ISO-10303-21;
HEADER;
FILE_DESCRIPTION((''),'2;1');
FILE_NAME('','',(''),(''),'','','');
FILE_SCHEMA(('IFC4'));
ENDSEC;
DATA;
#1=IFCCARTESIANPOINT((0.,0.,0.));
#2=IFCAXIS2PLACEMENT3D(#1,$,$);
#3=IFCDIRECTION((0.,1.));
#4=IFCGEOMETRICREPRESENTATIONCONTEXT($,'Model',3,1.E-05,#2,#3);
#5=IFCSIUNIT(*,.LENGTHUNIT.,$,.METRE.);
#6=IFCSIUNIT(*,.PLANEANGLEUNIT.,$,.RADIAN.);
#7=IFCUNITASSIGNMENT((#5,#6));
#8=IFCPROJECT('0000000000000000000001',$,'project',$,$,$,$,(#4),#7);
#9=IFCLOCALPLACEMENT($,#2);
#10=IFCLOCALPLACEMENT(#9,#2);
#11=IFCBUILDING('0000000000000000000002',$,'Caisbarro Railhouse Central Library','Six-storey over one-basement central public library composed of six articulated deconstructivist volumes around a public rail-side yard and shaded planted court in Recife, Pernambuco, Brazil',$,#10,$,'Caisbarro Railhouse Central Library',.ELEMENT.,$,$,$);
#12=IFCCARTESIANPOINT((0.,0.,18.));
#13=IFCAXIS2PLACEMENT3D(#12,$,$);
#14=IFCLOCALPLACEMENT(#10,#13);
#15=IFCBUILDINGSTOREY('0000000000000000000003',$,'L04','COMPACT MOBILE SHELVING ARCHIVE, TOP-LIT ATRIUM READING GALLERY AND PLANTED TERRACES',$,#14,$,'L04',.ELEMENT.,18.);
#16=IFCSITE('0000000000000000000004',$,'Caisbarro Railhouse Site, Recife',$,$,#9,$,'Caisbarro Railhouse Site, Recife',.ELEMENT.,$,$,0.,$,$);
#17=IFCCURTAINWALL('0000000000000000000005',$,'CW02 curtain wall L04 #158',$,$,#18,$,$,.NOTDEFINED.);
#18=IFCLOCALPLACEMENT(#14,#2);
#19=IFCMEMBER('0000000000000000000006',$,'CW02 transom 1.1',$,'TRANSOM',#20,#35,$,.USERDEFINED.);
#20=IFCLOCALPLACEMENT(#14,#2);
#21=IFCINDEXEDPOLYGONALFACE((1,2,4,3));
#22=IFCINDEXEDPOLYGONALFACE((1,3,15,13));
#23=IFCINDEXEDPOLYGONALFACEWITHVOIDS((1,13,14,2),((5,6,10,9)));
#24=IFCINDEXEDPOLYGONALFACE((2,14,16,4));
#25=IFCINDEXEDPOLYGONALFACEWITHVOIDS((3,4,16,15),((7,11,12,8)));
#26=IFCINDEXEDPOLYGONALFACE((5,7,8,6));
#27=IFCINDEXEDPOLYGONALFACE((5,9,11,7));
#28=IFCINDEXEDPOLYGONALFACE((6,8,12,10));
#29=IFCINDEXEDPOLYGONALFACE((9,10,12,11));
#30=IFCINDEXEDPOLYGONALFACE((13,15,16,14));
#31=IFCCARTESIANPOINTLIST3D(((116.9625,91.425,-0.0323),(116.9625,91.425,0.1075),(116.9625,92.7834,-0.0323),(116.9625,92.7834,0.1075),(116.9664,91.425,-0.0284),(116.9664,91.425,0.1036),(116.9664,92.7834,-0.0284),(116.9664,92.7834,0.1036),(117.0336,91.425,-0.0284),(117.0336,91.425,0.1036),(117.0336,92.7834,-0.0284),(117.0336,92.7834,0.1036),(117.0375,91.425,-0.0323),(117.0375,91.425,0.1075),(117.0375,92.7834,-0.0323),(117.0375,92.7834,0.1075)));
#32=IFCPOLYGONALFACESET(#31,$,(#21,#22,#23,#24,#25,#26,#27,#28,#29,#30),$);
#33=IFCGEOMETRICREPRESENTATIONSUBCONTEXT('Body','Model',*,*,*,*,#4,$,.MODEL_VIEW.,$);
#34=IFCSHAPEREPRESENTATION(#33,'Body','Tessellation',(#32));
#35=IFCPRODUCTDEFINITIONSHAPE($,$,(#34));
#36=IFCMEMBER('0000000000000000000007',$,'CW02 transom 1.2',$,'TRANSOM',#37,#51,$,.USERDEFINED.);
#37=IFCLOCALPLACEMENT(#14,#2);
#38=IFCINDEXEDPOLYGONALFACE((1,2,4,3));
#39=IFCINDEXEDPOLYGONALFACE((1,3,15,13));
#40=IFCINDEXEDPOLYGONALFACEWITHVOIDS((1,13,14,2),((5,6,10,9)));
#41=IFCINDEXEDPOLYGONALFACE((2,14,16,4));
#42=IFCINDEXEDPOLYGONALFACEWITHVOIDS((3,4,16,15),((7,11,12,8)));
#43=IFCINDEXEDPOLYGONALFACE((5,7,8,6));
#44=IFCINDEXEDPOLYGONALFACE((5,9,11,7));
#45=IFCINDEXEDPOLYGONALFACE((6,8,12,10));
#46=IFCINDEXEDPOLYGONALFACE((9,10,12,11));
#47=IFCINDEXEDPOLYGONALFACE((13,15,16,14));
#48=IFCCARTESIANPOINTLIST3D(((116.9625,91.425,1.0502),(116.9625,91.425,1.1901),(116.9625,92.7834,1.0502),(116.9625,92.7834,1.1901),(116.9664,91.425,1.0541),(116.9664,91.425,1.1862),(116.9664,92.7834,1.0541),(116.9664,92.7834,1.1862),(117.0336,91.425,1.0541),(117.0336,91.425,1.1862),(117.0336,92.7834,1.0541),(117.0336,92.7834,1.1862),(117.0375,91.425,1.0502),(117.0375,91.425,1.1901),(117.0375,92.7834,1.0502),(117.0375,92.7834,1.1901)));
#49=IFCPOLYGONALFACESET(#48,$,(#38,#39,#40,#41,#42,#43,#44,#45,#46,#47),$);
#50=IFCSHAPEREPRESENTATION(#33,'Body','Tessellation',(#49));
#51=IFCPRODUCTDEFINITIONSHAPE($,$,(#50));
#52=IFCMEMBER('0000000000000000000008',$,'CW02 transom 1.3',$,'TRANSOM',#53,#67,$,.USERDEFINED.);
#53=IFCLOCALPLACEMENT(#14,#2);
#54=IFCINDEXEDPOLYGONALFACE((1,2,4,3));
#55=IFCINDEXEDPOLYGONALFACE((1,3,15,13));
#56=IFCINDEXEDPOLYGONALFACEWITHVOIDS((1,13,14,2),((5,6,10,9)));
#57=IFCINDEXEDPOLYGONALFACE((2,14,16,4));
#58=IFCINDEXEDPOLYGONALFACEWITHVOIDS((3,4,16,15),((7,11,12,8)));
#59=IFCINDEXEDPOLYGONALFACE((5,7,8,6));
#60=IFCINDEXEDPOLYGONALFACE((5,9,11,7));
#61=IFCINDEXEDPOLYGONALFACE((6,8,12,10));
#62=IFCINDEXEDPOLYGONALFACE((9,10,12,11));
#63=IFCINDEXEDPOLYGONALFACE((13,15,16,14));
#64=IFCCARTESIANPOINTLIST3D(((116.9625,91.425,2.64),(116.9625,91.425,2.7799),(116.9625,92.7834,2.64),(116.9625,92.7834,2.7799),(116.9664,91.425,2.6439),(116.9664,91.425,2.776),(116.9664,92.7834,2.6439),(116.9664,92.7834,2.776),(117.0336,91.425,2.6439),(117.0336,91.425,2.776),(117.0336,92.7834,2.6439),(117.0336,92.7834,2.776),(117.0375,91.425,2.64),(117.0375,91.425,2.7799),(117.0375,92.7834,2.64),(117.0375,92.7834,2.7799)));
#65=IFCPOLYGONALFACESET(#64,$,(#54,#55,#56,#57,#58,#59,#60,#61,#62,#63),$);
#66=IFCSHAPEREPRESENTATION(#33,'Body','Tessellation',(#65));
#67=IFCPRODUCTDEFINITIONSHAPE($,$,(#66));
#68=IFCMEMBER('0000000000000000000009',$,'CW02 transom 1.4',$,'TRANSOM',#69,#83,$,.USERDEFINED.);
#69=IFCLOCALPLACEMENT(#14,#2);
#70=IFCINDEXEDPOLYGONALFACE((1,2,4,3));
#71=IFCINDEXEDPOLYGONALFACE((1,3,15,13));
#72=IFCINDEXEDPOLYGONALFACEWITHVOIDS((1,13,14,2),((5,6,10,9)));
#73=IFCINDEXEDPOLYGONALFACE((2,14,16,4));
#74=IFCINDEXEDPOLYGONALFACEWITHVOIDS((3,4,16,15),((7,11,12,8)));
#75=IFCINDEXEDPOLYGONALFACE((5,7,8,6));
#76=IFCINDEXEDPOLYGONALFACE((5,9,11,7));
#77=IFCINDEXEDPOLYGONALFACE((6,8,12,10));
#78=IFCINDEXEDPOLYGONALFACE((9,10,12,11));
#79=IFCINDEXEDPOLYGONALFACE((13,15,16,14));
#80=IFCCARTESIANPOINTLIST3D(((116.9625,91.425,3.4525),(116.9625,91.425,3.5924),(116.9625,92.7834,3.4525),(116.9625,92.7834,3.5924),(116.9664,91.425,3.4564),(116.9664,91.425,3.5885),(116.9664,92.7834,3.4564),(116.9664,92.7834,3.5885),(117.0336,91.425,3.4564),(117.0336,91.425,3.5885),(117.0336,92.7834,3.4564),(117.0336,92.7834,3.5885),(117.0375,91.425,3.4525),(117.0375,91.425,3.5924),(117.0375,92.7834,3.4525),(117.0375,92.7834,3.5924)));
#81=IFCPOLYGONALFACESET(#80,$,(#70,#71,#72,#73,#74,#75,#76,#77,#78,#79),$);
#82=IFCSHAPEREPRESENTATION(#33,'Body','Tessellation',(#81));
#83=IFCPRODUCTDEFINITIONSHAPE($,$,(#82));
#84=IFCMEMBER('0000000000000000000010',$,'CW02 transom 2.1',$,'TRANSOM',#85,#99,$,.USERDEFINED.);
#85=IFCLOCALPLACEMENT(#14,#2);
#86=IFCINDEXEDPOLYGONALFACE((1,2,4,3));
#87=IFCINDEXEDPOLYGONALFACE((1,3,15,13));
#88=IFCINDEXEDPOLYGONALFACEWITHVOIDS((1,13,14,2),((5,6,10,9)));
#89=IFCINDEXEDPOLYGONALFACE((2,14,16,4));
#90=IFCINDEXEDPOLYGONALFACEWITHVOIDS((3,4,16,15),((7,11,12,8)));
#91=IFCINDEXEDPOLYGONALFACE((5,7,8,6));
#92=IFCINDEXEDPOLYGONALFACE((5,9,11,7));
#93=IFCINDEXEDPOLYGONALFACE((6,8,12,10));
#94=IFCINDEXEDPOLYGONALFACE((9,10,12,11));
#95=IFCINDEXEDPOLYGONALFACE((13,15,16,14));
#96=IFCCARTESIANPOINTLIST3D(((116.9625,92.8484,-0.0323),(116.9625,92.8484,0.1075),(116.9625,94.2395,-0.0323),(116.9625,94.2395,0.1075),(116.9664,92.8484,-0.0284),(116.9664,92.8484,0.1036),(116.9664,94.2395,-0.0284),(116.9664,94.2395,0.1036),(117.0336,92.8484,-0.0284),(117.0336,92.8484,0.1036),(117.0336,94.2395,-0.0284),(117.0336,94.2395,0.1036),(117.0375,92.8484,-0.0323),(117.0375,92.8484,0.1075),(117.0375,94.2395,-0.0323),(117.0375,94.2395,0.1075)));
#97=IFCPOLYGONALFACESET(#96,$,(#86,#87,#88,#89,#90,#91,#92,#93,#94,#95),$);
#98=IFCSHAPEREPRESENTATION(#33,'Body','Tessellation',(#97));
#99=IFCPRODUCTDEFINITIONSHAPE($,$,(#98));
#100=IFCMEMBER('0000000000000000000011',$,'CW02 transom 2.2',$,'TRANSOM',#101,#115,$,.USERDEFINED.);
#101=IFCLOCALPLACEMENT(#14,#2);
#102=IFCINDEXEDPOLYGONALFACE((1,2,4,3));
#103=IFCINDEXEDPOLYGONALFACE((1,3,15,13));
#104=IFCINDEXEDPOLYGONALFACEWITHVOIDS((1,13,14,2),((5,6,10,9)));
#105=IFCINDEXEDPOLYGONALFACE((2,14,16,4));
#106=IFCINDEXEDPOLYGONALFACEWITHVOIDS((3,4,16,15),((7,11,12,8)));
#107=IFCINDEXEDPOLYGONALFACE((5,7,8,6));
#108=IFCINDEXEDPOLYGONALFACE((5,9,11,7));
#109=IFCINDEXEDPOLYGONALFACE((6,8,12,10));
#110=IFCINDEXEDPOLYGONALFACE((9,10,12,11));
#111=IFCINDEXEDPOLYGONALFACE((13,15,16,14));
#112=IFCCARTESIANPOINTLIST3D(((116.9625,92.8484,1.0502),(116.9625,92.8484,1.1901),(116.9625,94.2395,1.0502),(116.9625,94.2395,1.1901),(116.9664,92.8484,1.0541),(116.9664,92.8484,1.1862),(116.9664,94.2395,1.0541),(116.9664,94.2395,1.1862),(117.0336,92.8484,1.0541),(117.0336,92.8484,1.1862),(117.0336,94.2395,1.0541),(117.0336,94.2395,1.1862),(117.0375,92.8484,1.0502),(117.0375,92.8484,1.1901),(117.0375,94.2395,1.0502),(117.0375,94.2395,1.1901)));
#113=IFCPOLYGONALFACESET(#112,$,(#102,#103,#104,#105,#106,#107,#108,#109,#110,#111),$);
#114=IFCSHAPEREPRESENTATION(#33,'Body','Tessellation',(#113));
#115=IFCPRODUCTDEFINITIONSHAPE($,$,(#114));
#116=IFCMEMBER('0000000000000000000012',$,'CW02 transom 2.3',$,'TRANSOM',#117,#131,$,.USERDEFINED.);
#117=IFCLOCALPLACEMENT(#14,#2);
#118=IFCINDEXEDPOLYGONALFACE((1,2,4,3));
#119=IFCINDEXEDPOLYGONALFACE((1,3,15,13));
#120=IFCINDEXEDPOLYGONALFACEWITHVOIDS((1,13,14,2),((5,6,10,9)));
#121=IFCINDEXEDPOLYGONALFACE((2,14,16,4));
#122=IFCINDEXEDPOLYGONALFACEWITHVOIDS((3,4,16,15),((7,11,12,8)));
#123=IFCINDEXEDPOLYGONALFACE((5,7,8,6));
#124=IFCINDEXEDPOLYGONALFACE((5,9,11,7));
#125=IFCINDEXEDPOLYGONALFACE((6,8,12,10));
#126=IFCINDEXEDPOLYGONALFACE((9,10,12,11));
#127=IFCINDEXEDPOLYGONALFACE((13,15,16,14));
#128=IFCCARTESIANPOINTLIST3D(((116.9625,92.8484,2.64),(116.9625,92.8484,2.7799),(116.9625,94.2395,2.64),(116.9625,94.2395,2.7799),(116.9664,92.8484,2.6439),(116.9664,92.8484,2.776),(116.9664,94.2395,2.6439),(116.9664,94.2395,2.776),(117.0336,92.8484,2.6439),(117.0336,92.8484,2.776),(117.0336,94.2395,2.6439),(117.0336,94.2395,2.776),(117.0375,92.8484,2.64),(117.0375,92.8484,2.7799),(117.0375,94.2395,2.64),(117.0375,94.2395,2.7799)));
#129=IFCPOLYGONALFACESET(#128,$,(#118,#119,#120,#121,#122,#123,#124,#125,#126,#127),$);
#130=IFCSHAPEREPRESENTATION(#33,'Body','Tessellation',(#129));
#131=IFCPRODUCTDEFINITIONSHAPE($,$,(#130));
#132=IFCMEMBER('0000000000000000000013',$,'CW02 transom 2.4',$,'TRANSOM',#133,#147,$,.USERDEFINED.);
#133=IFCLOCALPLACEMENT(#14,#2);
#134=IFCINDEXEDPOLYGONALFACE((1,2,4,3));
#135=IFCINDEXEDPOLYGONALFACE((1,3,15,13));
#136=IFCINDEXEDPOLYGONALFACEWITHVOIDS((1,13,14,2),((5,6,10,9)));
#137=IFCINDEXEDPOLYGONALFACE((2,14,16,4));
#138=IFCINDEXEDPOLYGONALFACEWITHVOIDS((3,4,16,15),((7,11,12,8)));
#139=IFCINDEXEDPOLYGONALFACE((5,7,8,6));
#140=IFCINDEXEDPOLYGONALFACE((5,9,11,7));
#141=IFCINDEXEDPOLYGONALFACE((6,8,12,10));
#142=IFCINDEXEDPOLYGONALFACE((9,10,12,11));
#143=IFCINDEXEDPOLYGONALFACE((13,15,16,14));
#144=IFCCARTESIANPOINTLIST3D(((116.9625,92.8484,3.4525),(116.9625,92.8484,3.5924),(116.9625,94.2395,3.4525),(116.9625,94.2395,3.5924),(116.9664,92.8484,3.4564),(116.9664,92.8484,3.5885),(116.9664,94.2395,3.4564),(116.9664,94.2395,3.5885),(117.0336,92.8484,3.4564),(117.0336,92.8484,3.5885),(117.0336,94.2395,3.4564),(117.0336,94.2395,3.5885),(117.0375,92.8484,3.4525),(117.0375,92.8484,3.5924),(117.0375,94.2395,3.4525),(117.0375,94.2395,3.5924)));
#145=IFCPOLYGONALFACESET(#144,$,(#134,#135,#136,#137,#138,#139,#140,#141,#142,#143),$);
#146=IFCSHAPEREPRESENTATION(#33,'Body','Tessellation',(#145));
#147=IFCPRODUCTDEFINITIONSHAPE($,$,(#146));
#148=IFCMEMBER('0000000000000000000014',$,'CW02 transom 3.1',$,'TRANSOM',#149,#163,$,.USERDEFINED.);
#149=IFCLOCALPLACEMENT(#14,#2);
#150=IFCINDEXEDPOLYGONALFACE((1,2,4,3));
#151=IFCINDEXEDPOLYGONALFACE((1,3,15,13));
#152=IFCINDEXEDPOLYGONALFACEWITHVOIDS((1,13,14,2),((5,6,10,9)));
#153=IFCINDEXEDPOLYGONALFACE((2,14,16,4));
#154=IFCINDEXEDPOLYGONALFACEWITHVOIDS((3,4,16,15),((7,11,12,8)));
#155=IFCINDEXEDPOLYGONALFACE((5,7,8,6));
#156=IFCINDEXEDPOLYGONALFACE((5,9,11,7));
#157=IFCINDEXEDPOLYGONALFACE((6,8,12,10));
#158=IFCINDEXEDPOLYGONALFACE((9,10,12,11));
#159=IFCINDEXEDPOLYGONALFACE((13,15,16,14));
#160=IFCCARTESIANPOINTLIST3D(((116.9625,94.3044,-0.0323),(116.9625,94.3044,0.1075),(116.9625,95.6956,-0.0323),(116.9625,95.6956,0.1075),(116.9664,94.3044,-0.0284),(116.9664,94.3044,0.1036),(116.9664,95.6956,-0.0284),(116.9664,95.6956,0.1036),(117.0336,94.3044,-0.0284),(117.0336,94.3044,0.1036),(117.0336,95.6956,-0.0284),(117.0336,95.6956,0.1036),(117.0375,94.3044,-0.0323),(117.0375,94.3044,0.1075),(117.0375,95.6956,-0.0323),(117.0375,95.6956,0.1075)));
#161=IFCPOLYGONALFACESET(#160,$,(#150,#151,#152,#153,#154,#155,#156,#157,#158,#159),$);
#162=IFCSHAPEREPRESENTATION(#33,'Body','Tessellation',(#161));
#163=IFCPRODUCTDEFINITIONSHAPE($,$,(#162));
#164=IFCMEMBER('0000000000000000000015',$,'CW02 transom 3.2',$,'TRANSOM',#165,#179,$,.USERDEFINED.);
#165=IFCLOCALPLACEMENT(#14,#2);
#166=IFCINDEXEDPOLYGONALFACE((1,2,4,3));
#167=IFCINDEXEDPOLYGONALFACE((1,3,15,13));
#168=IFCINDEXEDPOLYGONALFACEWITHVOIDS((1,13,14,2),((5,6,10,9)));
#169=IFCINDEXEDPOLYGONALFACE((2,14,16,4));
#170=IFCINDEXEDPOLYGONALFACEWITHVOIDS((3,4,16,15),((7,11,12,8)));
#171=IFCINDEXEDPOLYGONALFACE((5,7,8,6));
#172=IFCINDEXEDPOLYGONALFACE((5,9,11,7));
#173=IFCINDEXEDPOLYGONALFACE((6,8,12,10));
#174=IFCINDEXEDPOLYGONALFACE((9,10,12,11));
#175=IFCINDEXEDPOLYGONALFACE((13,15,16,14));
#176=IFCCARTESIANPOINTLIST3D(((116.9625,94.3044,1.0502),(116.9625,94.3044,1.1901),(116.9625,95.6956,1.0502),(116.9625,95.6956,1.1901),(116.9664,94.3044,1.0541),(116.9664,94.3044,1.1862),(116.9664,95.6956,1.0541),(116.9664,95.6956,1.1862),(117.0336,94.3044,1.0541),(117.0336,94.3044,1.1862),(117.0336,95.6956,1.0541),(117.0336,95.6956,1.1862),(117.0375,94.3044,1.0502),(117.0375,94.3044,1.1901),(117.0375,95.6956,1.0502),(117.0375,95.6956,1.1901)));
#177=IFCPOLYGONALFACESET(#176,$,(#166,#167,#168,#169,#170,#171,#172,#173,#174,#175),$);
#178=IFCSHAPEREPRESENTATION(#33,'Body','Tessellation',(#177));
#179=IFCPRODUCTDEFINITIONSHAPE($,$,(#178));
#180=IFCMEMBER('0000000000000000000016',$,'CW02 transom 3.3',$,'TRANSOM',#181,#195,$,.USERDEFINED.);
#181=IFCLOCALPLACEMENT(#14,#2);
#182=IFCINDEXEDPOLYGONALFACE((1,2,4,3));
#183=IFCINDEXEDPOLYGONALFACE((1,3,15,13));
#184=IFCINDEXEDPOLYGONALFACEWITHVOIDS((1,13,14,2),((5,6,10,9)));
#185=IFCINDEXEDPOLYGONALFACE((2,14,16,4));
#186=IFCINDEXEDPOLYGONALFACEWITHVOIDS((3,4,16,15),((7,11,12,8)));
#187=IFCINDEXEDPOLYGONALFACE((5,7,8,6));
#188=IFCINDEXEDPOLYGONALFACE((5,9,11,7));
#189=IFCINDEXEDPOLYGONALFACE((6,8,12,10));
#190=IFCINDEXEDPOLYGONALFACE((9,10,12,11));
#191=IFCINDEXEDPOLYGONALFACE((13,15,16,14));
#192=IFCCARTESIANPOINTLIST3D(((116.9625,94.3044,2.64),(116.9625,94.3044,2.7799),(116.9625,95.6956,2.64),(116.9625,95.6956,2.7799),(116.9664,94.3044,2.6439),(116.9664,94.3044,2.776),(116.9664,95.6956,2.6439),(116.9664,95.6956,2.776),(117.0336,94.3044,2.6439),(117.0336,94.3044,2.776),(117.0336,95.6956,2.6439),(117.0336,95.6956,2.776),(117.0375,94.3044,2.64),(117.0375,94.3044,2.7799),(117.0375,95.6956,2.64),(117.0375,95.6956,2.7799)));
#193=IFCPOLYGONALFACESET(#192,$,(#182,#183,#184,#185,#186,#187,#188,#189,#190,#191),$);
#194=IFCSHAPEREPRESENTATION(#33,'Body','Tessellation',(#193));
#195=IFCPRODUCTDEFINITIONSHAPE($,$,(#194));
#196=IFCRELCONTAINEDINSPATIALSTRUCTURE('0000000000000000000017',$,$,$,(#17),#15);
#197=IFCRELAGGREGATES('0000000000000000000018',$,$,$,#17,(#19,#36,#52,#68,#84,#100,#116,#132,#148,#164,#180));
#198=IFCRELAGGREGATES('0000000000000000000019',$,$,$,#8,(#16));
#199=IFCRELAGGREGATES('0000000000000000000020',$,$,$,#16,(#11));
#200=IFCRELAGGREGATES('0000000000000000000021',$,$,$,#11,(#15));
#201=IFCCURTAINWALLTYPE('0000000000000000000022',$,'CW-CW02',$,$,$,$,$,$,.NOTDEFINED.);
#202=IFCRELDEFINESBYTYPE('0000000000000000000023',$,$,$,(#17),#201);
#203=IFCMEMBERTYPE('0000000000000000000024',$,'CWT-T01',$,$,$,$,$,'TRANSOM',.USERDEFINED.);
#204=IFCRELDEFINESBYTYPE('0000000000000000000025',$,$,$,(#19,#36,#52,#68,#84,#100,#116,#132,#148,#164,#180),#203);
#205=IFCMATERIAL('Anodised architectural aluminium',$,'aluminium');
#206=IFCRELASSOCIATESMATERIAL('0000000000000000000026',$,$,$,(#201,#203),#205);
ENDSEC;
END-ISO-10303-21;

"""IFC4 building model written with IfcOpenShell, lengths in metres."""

from ifc_helpers import new_model, si_unit, direction, frame, origin, origin_2d, place, context, subcontext, project, spatial, hollow_rectangle, extrude, material, material_profile, profile_set, type_object, element, aggregate, save


model = new_model("IFC4")

# Units and contexts
model_context = context("Model", 3, precision=1e-05, world=origin(), true_north=direction((0.0, 1.0)))
body_context = subcontext(model_context, "Body", "Model", "MODEL_VIEW")
ifc_project = project(units=[si_unit("LENGTHUNIT", "METRE"), si_unit("PLANEANGLEUNIT", "RADIAN")], contexts=[model_context])

# Site, building, storey
site_placement = place(None, origin())
site = spatial("IfcSite", under=ifc_project, at=site_placement, Name="Caisbarro Railhouse Site, Recife", LongName="Caisbarro Railhouse Site, Recife", CompositionType="ELEMENT", RefElevation=0.0)
building_placement = place(site_placement, origin())
building = spatial("IfcBuilding", under=site, at=building_placement, Name="Caisbarro Railhouse Central Library", Description="Six-storey over one-basement central public library composed of six articulated deconstructivist volumes around a public rail-side yard and shaded planted court in Recife, Pernambuco, Brazil", LongName="Caisbarro Railhouse Central Library", CompositionType="ELEMENT")
storey_placement = place(building_placement, frame((0.0, 0.0, 18.0)))
storey = spatial("IfcBuildingStorey", under=building, at=storey_placement, Name="L04", Description="COMPACT MOBILE SHELVING ARCHIVE, TOP-LIT ATRIUM READING GALLERY AND PLANTED TERRACES", LongName="L04", CompositionType="ELEMENT", Elevation=18.0)

# Shared definitions
ifc_material_1 = material(Name="Anodised architectural aluminium", Category="aluminium")
curtain_wall_type = type_object("IfcCurtainWallType", Name="CW-CW02", PredefinedType="NOTDEFINED", material=ifc_material_1)

# Curtain wall, members
curtain_wall_1_placement = place(storey_placement, origin())
curtain_wall_1 = element("IfcCurtainWall", 1, at=curtain_wall_1_placement, inside=storey, type_object=curtain_wall_type, Name="CW02 curtain wall L04 #158", PredefinedType="NOTDEFINED")
ifc_material_profile_1 = material_profile(ifc_material_1, hollow_rectangle(XDim=0.075, YDim=0.1399, WallThickness=0.0039, at=origin_2d()), Name="ALU-TRN-75X140")
ifc_profile_set_1 = profile_set([ifc_material_profile_1], Name="Anodised architectural aluminium")
member_type_1 = type_object("IfcMemberType", Name="CWT-T01", ElementType="TRANSOM", PredefinedType="USERDEFINED", material=ifc_profile_set_1)
member_1_placement = place(storey_placement, frame((117.0, 91.425, 0.0376), z_axis=(0.0, 1.0, 0.0), x_axis=(-1.0, 0.0, 0.0)))
member_1 = element("IfcMember", 2, at=member_1_placement, type_object=member_type_1, Name="CW02 transom 1.1", ObjectType="TRANSOM", PredefinedType="USERDEFINED", context=body_context, shape_type="SweptSolid", body=[
    extrude(hollow_rectangle(XDim=0.075, YDim=0.1399, WallThickness=0.0039, at=origin_2d()), origin(), (0.0, 0.0, 1.0), 1.3584),
])
member_2_placement = place(storey_placement, frame((117.0, 91.425, 1.1201), z_axis=(0.0, 1.0, 0.0), x_axis=(-1.0, 0.0, 0.0)))
member_2 = element("IfcMember", 3, at=member_2_placement, type_object=member_type_1, Name="CW02 transom 1.2", ObjectType="TRANSOM", PredefinedType="USERDEFINED", context=body_context, shape_type="SweptSolid", body=[
    extrude(hollow_rectangle(XDim=0.075, YDim=0.1399, WallThickness=0.0039, at=origin_2d()), origin(), (0.0, 0.0, 1.0), 1.3584),
])
member_3_placement = place(storey_placement, frame((117.0, 91.425, 2.71), z_axis=(0.0, 1.0, 0.0), x_axis=(-1.0, 0.0, 0.0)))
member_3 = element("IfcMember", 4, at=member_3_placement, type_object=member_type_1, Name="CW02 transom 1.3", ObjectType="TRANSOM", PredefinedType="USERDEFINED", context=body_context, shape_type="SweptSolid", body=[
    extrude(hollow_rectangle(XDim=0.075, YDim=0.1399, WallThickness=0.0039, at=origin_2d()), origin(), (0.0, 0.0, 1.0), 1.3584),
])
member_4_placement = place(storey_placement, frame((117.0, 91.425, 3.5225), z_axis=(0.0, 1.0, 0.0), x_axis=(-1.0, 0.0, 0.0)))
member_4 = element("IfcMember", 5, at=member_4_placement, type_object=member_type_1, Name="CW02 transom 1.4", ObjectType="TRANSOM", PredefinedType="USERDEFINED", context=body_context, shape_type="SweptSolid", body=[
    extrude(hollow_rectangle(XDim=0.075, YDim=0.1399, WallThickness=0.0039, at=origin_2d()), origin(), (0.0, 0.0, 1.0), 1.3584),
])
member_5_placement = place(storey_placement, frame((117.0, 92.8484, 0.0376), z_axis=(0.0, 1.0, 0.0), x_axis=(-1.0, 0.0, 0.0)))
member_5 = element("IfcMember", 6, at=member_5_placement, type_object=member_type_1, Name="CW02 transom 2.1", ObjectType="TRANSOM", PredefinedType="USERDEFINED", context=body_context, shape_type="SweptSolid", body=[
    extrude(hollow_rectangle(XDim=0.075, YDim=0.1399, WallThickness=0.0039, at=origin_2d()), origin(), (0.0, 0.0, 1.0), 1.3911),
])
member_6_placement = place(storey_placement, frame((117.0, 92.8484, 1.1201), z_axis=(0.0, 1.0, 0.0), x_axis=(-1.0, 0.0, 0.0)))
member_6 = element("IfcMember", 7, at=member_6_placement, type_object=member_type_1, Name="CW02 transom 2.2", ObjectType="TRANSOM", PredefinedType="USERDEFINED", context=body_context, shape_type="SweptSolid", body=[
    extrude(hollow_rectangle(XDim=0.075, YDim=0.1399, WallThickness=0.0039, at=origin_2d()), origin(), (0.0, 0.0, 1.0), 1.3911),
])
member_7_placement = place(storey_placement, frame((117.0, 92.8484, 2.71), z_axis=(0.0, 1.0, 0.0), x_axis=(-1.0, 0.0, 0.0)))
member_7 = element("IfcMember", 8, at=member_7_placement, type_object=member_type_1, Name="CW02 transom 2.3", ObjectType="TRANSOM", PredefinedType="USERDEFINED", context=body_context, shape_type="SweptSolid", body=[
    extrude(hollow_rectangle(XDim=0.075, YDim=0.1399, WallThickness=0.0039, at=origin_2d()), origin(), (0.0, 0.0, 1.0), 1.3911),
])
member_8_placement = place(storey_placement, frame((117.0, 92.8484, 3.5225), z_axis=(0.0, 1.0, 0.0), x_axis=(-1.0, 0.0, 0.0)))
member_8 = element("IfcMember", 9, at=member_8_placement, type_object=member_type_1, Name="CW02 transom 2.4", ObjectType="TRANSOM", PredefinedType="USERDEFINED", context=body_context, shape_type="SweptSolid", body=[
    extrude(hollow_rectangle(XDim=0.075, YDim=0.1399, WallThickness=0.0039, at=origin_2d()), origin(), (0.0, 0.0, 1.0), 1.3911),
])
member_9_placement = place(storey_placement, frame((117.0, 94.3044, 0.0376), z_axis=(0.0, 1.0, 0.0), x_axis=(-1.0, 0.0, 0.0)))
member_9 = element("IfcMember", 10, at=member_9_placement, type_object=member_type_1, Name="CW02 transom 3.1", ObjectType="TRANSOM", PredefinedType="USERDEFINED", context=body_context, shape_type="SweptSolid", body=[
    extrude(hollow_rectangle(XDim=0.075, YDim=0.1399, WallThickness=0.0039, at=origin_2d()), origin(), (0.0, 0.0, 1.0), 1.3911),
])
member_10_placement = place(storey_placement, frame((117.0, 94.3044, 1.1201), z_axis=(0.0, 1.0, 0.0), x_axis=(-1.0, 0.0, 0.0)))
member_10 = element("IfcMember", 11, at=member_10_placement, type_object=member_type_1, Name="CW02 transom 3.2", ObjectType="TRANSOM", PredefinedType="USERDEFINED", context=body_context, shape_type="SweptSolid", body=[
    extrude(hollow_rectangle(XDim=0.075, YDim=0.1399, WallThickness=0.0039, at=origin_2d()), origin(), (0.0, 0.0, 1.0), 1.3911),
])
member_11_placement = place(storey_placement, frame((117.0, 94.3044, 2.71), z_axis=(0.0, 1.0, 0.0), x_axis=(-1.0, 0.0, 0.0)))
member_11 = element("IfcMember", 12, at=member_11_placement, type_object=member_type_1, Name="CW02 transom 3.3", ObjectType="TRANSOM", PredefinedType="USERDEFINED", context=body_context, shape_type="SweptSolid", body=[
    extrude(hollow_rectangle(XDim=0.075, YDim=0.1399, WallThickness=0.0039, at=origin_2d()), origin(), (0.0, 0.0, 1.0), 1.3911),
])

aggregate(curtain_wall_1, [member_1, member_2, member_3, member_4, member_5, member_6, member_7, member_8, member_9, member_10, member_11])

save(model, "model.ifc")
